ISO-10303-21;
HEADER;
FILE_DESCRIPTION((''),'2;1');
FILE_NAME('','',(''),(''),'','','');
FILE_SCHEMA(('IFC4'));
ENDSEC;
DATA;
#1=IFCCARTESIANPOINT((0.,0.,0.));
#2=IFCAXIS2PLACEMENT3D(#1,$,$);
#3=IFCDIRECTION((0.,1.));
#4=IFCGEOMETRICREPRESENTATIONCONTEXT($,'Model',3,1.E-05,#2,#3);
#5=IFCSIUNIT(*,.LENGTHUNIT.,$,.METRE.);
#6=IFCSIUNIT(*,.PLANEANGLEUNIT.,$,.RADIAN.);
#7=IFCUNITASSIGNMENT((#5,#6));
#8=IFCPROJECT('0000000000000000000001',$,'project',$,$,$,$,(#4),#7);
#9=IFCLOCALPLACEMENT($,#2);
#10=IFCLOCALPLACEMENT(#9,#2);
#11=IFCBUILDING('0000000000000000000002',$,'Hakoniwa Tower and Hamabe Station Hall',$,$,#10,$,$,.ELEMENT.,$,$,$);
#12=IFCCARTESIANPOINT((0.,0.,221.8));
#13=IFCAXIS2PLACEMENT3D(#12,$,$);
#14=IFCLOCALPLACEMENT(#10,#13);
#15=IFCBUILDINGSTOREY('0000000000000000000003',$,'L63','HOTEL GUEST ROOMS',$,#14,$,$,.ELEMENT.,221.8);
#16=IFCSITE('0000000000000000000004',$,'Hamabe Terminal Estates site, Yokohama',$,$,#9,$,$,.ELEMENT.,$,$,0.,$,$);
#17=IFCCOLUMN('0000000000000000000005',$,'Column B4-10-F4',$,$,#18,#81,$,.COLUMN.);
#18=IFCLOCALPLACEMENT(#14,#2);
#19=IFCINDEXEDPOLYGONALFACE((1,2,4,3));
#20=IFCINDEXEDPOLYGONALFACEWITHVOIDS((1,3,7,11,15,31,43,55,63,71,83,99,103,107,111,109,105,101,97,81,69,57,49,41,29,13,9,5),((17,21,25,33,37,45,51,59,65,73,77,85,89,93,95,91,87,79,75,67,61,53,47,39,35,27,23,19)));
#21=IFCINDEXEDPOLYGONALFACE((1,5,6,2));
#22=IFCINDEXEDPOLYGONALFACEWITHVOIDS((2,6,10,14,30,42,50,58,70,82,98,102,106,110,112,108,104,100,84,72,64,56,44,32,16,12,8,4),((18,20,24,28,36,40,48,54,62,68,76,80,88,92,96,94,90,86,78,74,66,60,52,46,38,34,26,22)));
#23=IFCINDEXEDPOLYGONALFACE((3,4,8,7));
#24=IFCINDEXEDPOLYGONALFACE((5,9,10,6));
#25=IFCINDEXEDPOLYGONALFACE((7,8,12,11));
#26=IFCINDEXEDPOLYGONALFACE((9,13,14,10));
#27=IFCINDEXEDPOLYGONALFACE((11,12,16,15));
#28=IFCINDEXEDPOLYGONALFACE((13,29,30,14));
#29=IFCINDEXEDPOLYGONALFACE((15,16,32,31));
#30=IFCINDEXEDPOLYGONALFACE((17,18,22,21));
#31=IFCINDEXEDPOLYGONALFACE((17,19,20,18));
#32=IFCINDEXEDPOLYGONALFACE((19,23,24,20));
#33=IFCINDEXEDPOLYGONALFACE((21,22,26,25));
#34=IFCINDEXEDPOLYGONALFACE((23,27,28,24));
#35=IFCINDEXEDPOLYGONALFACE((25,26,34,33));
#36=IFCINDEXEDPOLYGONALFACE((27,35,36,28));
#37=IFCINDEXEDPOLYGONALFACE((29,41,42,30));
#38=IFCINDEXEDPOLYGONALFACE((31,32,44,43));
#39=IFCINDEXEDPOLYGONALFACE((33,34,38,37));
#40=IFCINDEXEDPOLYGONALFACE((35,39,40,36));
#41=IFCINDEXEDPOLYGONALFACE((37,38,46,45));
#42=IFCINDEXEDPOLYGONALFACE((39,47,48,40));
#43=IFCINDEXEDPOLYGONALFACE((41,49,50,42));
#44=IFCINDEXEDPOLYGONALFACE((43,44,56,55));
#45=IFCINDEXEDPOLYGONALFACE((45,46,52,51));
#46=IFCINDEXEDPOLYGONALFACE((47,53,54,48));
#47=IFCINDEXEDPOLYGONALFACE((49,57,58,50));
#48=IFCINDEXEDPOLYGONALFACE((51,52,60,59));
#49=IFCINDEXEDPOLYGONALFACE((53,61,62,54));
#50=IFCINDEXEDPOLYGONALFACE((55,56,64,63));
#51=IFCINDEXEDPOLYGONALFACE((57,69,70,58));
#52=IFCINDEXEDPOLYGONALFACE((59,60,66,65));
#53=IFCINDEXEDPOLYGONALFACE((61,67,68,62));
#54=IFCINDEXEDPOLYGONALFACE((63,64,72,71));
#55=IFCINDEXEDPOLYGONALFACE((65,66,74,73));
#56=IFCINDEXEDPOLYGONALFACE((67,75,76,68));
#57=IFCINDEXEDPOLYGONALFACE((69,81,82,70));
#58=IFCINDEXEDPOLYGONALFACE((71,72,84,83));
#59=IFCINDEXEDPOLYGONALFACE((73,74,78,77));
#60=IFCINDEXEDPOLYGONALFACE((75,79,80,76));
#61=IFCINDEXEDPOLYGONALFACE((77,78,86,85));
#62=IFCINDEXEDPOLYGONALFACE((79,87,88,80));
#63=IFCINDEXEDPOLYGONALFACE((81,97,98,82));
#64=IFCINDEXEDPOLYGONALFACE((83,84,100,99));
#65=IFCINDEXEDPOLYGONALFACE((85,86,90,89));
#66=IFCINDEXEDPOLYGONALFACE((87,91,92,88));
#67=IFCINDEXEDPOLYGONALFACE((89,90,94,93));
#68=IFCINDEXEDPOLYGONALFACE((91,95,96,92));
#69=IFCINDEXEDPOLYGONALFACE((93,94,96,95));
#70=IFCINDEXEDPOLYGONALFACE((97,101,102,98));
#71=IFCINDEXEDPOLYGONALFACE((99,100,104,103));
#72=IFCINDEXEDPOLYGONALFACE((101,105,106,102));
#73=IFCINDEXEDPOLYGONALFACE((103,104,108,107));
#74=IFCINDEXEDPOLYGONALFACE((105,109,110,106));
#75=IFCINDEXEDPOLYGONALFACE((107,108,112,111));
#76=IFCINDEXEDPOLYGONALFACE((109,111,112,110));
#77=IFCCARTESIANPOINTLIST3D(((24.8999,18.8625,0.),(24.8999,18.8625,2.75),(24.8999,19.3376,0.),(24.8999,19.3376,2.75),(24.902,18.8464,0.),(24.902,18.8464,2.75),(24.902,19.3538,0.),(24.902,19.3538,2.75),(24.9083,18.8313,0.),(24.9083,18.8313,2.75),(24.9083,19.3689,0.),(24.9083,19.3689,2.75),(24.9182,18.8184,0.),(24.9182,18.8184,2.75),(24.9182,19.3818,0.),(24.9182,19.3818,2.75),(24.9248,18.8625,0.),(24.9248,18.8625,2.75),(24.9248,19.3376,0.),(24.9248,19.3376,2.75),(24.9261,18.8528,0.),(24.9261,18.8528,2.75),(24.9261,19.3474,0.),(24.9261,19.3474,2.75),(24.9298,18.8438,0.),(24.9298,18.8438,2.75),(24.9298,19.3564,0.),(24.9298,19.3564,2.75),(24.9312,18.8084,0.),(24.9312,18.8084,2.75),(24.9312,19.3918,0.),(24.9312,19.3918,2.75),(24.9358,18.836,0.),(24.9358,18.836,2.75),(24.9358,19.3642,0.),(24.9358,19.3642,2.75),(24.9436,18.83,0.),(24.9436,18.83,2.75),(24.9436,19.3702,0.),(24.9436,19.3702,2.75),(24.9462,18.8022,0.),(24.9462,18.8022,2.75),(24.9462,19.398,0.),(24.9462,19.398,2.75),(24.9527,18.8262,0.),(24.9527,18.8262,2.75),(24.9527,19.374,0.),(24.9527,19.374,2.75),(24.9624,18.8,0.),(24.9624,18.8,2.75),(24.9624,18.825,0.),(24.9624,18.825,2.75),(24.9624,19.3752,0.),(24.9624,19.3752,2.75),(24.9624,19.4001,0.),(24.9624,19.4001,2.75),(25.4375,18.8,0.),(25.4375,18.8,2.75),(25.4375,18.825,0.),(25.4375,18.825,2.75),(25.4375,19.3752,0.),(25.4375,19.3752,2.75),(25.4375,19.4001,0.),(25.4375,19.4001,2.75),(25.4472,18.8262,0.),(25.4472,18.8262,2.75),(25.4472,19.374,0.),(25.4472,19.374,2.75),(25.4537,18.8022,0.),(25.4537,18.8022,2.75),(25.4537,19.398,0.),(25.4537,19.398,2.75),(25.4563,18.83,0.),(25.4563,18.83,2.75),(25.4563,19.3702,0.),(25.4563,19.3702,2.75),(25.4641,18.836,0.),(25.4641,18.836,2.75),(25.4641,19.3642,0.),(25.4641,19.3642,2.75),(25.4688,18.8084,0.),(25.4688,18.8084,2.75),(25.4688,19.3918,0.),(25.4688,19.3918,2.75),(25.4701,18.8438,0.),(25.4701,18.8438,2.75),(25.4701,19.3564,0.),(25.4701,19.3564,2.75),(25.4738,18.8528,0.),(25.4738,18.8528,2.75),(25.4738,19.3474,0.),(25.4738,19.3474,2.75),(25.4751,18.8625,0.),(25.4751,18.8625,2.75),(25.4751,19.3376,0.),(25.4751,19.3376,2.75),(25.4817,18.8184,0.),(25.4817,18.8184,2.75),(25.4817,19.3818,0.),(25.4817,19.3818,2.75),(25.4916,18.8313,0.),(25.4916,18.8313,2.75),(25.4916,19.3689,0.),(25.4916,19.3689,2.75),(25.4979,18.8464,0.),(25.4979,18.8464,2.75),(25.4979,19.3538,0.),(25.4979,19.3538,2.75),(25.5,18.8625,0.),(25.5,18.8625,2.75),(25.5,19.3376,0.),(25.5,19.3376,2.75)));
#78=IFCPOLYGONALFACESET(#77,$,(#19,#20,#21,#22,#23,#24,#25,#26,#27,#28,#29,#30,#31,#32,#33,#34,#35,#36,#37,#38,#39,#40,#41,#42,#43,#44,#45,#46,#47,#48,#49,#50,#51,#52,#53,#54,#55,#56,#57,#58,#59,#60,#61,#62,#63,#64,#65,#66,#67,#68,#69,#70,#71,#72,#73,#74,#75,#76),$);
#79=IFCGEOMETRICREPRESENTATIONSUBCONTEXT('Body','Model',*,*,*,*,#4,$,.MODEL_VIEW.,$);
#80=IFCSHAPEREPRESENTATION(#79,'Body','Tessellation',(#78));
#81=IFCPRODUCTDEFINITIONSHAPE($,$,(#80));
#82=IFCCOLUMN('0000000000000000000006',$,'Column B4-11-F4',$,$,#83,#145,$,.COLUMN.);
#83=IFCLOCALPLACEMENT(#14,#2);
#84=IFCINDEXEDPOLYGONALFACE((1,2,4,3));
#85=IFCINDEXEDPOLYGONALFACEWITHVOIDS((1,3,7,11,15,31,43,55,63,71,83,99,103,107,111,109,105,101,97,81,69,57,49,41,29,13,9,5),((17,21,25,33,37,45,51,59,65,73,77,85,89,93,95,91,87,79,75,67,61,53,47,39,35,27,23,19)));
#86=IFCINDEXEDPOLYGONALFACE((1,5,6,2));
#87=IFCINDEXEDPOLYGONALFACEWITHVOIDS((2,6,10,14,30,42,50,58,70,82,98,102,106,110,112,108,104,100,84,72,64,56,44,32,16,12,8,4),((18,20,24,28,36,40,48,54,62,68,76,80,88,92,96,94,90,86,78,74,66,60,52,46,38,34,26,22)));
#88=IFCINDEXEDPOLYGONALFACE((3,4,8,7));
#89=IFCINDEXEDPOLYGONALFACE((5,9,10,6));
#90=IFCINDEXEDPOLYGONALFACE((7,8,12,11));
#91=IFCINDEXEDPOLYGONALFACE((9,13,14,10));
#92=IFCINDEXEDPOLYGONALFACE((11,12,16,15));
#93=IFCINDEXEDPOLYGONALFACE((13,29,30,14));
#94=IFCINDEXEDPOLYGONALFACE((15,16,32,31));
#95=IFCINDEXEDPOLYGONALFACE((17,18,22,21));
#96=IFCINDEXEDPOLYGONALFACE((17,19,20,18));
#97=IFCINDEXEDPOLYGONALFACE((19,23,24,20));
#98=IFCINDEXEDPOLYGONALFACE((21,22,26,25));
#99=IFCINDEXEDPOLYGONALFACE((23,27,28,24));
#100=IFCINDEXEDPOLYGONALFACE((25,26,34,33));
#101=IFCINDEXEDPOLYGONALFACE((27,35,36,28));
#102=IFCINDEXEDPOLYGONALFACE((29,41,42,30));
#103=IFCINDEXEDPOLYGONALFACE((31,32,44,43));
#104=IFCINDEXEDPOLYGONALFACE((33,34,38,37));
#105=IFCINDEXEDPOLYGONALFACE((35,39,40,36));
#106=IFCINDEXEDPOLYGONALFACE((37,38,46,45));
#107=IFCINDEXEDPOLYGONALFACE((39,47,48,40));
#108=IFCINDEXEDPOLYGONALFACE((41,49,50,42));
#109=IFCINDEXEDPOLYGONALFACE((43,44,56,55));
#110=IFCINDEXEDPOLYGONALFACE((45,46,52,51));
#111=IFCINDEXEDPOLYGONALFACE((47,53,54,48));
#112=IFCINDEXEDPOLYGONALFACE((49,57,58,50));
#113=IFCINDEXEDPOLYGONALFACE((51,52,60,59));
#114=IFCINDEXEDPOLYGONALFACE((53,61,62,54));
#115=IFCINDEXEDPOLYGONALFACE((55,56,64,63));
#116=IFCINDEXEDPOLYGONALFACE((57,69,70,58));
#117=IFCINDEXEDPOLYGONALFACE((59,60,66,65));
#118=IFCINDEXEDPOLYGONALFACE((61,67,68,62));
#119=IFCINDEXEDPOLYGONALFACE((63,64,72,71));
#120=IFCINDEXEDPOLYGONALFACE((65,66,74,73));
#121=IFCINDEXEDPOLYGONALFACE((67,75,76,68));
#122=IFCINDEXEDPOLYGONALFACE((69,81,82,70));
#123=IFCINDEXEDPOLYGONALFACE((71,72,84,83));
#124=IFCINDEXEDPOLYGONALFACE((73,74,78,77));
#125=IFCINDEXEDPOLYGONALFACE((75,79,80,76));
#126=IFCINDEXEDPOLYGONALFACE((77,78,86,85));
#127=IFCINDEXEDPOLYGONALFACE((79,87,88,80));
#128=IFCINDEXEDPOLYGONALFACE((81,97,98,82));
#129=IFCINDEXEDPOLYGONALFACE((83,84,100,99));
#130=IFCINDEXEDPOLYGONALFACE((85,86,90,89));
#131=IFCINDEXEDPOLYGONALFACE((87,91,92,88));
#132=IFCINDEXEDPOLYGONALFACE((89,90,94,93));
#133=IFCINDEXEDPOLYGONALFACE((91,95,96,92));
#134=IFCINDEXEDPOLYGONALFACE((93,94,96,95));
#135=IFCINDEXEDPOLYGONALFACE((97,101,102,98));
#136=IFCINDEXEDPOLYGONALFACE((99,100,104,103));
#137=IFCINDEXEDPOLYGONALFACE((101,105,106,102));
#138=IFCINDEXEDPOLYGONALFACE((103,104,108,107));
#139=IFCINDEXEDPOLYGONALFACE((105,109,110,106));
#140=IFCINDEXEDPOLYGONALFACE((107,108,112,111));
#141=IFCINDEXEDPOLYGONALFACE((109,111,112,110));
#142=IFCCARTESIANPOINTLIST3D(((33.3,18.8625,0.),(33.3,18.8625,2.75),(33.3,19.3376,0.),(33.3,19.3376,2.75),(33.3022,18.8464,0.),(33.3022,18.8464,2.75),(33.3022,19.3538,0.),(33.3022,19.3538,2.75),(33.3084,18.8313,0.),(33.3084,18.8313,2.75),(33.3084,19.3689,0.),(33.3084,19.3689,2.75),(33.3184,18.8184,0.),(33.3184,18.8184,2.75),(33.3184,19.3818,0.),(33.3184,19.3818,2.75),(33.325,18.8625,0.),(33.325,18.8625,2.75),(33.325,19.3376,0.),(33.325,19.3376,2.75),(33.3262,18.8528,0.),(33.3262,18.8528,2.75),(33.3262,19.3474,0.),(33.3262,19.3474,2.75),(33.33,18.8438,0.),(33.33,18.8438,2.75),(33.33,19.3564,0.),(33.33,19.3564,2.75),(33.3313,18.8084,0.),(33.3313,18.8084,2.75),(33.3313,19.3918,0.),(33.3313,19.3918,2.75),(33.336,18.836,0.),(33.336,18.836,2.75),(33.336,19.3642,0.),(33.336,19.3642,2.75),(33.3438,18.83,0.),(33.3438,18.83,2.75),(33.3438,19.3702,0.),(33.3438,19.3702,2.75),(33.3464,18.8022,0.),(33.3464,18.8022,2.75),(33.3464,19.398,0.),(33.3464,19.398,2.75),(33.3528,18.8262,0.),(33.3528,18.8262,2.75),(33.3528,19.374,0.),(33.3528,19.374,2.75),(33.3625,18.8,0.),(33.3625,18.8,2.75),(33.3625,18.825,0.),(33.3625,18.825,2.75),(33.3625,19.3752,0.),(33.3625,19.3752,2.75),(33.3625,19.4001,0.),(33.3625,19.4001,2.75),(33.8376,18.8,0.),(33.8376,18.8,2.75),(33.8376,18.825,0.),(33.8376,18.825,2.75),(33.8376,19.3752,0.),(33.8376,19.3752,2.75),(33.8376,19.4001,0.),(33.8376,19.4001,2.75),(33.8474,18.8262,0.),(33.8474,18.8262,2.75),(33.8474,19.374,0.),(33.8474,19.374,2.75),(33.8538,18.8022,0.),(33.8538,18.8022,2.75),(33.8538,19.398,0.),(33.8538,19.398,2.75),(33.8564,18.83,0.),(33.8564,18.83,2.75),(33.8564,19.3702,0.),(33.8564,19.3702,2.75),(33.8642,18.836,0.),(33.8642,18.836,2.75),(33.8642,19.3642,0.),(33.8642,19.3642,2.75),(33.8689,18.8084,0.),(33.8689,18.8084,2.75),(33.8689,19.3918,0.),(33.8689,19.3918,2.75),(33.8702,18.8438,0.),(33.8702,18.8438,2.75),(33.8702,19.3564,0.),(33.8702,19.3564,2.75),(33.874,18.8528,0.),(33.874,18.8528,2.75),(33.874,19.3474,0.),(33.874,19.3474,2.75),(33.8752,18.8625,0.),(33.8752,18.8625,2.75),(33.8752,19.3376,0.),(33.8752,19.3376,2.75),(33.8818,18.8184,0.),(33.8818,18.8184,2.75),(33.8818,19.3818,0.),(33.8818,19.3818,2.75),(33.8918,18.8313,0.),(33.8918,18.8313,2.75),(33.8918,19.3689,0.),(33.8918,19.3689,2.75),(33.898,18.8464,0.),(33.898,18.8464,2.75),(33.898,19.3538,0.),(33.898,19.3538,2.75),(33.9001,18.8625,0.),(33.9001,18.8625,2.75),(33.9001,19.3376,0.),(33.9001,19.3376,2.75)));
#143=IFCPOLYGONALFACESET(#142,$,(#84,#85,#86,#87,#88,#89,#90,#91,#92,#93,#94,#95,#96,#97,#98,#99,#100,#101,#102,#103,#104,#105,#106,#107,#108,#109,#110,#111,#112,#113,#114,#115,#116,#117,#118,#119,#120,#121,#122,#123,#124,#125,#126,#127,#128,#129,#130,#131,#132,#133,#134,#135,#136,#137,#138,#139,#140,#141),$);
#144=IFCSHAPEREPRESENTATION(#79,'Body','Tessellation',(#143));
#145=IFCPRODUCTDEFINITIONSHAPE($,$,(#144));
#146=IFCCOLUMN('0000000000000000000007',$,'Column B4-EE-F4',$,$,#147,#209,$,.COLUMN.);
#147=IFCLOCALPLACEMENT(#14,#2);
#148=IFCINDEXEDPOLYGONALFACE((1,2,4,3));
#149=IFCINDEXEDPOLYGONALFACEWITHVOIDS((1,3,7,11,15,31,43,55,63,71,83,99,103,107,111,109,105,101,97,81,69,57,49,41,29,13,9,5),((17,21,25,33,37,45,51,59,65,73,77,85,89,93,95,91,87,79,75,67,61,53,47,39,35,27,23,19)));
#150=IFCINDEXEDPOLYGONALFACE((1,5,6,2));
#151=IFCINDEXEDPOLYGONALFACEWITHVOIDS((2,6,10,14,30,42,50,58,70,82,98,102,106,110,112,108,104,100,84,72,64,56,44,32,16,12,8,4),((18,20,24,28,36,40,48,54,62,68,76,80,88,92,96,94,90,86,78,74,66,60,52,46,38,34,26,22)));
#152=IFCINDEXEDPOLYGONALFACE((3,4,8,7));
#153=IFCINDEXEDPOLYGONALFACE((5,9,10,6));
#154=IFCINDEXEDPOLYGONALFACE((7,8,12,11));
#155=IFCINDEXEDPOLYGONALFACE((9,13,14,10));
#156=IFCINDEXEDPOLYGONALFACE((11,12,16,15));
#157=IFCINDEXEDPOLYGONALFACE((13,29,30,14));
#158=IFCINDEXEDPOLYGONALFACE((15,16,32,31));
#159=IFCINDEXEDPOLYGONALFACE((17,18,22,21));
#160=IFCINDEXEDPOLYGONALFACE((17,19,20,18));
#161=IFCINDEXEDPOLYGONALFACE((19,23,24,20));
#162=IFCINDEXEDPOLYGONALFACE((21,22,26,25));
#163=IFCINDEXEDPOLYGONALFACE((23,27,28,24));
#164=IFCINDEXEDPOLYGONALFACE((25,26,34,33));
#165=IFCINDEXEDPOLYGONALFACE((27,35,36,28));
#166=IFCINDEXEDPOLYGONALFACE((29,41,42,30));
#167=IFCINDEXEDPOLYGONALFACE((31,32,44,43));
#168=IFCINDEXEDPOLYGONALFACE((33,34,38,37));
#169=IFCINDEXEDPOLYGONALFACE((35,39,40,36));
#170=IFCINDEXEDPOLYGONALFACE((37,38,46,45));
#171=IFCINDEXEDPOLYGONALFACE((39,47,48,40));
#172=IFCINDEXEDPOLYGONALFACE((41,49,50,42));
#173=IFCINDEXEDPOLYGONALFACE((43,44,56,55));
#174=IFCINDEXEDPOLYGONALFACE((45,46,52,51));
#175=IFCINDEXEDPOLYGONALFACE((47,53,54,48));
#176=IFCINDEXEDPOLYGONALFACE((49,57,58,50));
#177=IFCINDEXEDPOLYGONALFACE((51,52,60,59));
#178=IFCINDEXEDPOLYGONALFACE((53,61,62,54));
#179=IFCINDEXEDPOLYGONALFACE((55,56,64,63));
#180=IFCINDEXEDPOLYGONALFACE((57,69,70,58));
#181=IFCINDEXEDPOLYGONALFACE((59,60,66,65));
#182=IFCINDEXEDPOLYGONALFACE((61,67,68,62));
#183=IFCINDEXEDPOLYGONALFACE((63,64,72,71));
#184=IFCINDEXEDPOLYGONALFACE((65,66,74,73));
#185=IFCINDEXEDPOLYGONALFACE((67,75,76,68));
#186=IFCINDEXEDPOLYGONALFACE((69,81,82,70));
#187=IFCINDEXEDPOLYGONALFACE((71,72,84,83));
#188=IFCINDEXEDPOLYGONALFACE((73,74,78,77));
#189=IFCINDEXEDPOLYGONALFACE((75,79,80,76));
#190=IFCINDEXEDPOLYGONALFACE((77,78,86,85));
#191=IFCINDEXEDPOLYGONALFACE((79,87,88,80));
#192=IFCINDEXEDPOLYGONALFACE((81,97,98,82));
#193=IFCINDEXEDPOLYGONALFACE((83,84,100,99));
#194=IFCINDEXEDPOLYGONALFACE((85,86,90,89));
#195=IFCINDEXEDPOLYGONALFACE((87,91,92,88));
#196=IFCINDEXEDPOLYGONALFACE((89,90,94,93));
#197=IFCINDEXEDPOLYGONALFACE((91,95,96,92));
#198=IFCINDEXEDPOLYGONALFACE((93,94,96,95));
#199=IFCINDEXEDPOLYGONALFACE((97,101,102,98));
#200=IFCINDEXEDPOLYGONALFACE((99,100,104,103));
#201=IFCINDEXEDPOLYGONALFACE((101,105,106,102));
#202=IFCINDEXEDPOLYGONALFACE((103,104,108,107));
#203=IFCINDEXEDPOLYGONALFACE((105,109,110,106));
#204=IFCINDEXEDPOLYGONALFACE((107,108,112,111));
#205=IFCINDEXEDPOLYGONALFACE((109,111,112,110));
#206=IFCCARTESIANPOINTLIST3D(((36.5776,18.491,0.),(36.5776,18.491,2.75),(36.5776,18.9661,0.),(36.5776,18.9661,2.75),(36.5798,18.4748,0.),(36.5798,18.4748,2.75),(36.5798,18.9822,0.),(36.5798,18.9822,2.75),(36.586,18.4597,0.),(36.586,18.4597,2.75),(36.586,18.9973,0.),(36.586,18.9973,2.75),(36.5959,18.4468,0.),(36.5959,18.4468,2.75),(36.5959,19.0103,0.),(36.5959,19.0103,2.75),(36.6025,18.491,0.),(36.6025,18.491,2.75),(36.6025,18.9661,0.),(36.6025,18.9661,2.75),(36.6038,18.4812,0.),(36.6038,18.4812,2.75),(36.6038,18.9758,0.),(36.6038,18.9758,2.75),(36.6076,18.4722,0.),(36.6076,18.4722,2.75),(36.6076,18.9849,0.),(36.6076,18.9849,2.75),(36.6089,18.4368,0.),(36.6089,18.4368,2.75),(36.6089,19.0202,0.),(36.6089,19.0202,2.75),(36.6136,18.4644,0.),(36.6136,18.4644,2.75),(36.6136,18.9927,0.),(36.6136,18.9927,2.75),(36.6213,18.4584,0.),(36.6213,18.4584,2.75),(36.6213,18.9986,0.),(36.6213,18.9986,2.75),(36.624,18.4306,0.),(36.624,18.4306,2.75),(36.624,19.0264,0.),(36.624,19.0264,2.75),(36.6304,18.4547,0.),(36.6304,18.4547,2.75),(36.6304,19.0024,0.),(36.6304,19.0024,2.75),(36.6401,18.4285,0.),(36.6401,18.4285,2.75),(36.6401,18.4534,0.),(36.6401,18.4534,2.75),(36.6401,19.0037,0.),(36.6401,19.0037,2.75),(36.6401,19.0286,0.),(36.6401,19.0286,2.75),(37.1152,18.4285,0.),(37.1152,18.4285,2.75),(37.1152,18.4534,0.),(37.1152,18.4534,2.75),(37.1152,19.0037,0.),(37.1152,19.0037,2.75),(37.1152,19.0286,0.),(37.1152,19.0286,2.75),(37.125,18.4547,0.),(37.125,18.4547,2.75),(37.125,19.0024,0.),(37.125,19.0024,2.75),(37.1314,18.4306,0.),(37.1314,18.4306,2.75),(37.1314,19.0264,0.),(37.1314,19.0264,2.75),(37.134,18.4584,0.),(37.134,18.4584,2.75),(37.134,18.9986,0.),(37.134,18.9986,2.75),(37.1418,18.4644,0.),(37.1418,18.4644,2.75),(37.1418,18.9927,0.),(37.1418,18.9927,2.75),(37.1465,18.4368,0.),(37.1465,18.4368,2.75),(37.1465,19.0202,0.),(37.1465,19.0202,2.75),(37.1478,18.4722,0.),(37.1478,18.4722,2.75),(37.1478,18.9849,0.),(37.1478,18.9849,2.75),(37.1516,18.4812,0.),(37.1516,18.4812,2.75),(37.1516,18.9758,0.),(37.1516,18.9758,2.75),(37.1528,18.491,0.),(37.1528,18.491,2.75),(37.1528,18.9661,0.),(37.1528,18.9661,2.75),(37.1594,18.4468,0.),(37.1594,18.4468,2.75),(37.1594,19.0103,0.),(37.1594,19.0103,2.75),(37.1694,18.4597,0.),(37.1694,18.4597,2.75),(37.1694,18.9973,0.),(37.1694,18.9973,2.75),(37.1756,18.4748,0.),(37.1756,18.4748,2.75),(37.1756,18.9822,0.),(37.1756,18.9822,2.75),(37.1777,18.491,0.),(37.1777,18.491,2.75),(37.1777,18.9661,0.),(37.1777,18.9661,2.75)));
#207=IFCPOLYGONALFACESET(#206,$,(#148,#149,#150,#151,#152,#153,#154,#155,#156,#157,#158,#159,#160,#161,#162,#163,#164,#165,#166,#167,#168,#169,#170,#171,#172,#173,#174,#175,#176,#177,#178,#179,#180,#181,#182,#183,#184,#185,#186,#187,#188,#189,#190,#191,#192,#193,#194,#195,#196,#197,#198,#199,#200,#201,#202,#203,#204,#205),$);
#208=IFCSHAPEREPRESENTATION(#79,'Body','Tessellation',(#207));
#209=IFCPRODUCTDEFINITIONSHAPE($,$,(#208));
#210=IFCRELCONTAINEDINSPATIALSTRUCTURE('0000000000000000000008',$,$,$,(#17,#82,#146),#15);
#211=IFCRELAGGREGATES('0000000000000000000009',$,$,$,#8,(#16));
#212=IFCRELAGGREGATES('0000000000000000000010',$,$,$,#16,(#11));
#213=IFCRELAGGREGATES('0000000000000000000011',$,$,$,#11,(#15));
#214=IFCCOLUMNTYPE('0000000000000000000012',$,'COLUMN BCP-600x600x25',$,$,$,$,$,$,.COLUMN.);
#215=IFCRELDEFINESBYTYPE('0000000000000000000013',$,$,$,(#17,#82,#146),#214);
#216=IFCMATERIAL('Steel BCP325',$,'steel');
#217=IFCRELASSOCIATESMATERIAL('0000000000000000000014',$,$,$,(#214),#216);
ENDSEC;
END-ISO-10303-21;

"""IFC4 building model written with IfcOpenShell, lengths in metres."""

from ifc_helpers import new_model, si_unit, direction, frame, origin, origin_2d, place, context, subcontext, project, spatial, hollow_rectangle, extrude, material, material_profile, profile_set, type_object, element, save


model = new_model("IFC4")

# Units and contexts
model_context = context("Model", 3, precision=1e-05, world=origin(), true_north=direction((0.0, 1.0)))
body_context = subcontext(model_context, "Body", "Model", "MODEL_VIEW")
ifc_project = project(units=[si_unit("LENGTHUNIT", "METRE"), si_unit("PLANEANGLEUNIT", "RADIAN")], contexts=[model_context])

# Site, building, storey
site_placement = place(None, origin())
site = spatial("IfcSite", under=ifc_project, at=site_placement, Name="Hamabe Terminal Estates site, Yokohama", CompositionType="ELEMENT", RefElevation=0.0)
building_placement = place(site_placement, origin())
building = spatial("IfcBuilding", under=site, at=building_placement, Name="Hakoniwa Tower and Hamabe Station Hall", CompositionType="ELEMENT")
storey_placement = place(building_placement, frame((0.0, 0.0, 221.8)))
storey = spatial("IfcBuildingStorey", under=building, at=storey_placement, Name="L63", Description="HOTEL GUEST ROOMS", CompositionType="ELEMENT", Elevation=221.8)

# Columns
ifc_material_1 = material(Name="Steel BCP325", Category="steel")
ifc_material_profile_1 = material_profile(ifc_material_1, hollow_rectangle(XDim=0.6001, YDim=0.6001, WallThickness=0.0249, InnerFilletRadius=0.0376, OuterFilletRadius=0.0625, at=origin_2d()), Name="BCP-600x600x25")
ifc_profile_set_1 = profile_set([ifc_material_profile_1], Name="Steel BCP325")
column_type = type_object("IfcColumnType", Name="COLUMN BCP-600x600x25", PredefinedType="COLUMN", material=ifc_profile_set_1)
for number, where, z_axis, x_axis, name in (
    (1, (25.2, 19.1001, 0.0), (0.0, 0.0, 1.0), (1.0, 0.0, 0.0), "Column B4-10-F4"),
    (2, (33.6001, 19.1001, 0.0), (0.0, 0.0, 1.0), (1.0, 0.0, 0.0), "Column B4-11-F4"),
    (3, (36.8777, 18.7285, 0.0), (0.0, 0.0, 1.0), (1.0, 0.0, 0.0), "Column B4-EE-F4"),
):
    element("IfcColumn", number, at=place(storey_placement, frame(where, z_axis=z_axis, x_axis=x_axis)), inside=storey, type_object=column_type, Name=name, PredefinedType="COLUMN", context=body_context, shape_type="SweptSolid", body=[
        extrude(hollow_rectangle(XDim=0.6001, YDim=0.6001, WallThickness=0.0249, InnerFilletRadius=0.0376, OuterFilletRadius=0.0625, at=origin_2d()), origin(), (0.0, 0.0, 1.0), 2.75),
    ])

save(model, "model.ifc")
